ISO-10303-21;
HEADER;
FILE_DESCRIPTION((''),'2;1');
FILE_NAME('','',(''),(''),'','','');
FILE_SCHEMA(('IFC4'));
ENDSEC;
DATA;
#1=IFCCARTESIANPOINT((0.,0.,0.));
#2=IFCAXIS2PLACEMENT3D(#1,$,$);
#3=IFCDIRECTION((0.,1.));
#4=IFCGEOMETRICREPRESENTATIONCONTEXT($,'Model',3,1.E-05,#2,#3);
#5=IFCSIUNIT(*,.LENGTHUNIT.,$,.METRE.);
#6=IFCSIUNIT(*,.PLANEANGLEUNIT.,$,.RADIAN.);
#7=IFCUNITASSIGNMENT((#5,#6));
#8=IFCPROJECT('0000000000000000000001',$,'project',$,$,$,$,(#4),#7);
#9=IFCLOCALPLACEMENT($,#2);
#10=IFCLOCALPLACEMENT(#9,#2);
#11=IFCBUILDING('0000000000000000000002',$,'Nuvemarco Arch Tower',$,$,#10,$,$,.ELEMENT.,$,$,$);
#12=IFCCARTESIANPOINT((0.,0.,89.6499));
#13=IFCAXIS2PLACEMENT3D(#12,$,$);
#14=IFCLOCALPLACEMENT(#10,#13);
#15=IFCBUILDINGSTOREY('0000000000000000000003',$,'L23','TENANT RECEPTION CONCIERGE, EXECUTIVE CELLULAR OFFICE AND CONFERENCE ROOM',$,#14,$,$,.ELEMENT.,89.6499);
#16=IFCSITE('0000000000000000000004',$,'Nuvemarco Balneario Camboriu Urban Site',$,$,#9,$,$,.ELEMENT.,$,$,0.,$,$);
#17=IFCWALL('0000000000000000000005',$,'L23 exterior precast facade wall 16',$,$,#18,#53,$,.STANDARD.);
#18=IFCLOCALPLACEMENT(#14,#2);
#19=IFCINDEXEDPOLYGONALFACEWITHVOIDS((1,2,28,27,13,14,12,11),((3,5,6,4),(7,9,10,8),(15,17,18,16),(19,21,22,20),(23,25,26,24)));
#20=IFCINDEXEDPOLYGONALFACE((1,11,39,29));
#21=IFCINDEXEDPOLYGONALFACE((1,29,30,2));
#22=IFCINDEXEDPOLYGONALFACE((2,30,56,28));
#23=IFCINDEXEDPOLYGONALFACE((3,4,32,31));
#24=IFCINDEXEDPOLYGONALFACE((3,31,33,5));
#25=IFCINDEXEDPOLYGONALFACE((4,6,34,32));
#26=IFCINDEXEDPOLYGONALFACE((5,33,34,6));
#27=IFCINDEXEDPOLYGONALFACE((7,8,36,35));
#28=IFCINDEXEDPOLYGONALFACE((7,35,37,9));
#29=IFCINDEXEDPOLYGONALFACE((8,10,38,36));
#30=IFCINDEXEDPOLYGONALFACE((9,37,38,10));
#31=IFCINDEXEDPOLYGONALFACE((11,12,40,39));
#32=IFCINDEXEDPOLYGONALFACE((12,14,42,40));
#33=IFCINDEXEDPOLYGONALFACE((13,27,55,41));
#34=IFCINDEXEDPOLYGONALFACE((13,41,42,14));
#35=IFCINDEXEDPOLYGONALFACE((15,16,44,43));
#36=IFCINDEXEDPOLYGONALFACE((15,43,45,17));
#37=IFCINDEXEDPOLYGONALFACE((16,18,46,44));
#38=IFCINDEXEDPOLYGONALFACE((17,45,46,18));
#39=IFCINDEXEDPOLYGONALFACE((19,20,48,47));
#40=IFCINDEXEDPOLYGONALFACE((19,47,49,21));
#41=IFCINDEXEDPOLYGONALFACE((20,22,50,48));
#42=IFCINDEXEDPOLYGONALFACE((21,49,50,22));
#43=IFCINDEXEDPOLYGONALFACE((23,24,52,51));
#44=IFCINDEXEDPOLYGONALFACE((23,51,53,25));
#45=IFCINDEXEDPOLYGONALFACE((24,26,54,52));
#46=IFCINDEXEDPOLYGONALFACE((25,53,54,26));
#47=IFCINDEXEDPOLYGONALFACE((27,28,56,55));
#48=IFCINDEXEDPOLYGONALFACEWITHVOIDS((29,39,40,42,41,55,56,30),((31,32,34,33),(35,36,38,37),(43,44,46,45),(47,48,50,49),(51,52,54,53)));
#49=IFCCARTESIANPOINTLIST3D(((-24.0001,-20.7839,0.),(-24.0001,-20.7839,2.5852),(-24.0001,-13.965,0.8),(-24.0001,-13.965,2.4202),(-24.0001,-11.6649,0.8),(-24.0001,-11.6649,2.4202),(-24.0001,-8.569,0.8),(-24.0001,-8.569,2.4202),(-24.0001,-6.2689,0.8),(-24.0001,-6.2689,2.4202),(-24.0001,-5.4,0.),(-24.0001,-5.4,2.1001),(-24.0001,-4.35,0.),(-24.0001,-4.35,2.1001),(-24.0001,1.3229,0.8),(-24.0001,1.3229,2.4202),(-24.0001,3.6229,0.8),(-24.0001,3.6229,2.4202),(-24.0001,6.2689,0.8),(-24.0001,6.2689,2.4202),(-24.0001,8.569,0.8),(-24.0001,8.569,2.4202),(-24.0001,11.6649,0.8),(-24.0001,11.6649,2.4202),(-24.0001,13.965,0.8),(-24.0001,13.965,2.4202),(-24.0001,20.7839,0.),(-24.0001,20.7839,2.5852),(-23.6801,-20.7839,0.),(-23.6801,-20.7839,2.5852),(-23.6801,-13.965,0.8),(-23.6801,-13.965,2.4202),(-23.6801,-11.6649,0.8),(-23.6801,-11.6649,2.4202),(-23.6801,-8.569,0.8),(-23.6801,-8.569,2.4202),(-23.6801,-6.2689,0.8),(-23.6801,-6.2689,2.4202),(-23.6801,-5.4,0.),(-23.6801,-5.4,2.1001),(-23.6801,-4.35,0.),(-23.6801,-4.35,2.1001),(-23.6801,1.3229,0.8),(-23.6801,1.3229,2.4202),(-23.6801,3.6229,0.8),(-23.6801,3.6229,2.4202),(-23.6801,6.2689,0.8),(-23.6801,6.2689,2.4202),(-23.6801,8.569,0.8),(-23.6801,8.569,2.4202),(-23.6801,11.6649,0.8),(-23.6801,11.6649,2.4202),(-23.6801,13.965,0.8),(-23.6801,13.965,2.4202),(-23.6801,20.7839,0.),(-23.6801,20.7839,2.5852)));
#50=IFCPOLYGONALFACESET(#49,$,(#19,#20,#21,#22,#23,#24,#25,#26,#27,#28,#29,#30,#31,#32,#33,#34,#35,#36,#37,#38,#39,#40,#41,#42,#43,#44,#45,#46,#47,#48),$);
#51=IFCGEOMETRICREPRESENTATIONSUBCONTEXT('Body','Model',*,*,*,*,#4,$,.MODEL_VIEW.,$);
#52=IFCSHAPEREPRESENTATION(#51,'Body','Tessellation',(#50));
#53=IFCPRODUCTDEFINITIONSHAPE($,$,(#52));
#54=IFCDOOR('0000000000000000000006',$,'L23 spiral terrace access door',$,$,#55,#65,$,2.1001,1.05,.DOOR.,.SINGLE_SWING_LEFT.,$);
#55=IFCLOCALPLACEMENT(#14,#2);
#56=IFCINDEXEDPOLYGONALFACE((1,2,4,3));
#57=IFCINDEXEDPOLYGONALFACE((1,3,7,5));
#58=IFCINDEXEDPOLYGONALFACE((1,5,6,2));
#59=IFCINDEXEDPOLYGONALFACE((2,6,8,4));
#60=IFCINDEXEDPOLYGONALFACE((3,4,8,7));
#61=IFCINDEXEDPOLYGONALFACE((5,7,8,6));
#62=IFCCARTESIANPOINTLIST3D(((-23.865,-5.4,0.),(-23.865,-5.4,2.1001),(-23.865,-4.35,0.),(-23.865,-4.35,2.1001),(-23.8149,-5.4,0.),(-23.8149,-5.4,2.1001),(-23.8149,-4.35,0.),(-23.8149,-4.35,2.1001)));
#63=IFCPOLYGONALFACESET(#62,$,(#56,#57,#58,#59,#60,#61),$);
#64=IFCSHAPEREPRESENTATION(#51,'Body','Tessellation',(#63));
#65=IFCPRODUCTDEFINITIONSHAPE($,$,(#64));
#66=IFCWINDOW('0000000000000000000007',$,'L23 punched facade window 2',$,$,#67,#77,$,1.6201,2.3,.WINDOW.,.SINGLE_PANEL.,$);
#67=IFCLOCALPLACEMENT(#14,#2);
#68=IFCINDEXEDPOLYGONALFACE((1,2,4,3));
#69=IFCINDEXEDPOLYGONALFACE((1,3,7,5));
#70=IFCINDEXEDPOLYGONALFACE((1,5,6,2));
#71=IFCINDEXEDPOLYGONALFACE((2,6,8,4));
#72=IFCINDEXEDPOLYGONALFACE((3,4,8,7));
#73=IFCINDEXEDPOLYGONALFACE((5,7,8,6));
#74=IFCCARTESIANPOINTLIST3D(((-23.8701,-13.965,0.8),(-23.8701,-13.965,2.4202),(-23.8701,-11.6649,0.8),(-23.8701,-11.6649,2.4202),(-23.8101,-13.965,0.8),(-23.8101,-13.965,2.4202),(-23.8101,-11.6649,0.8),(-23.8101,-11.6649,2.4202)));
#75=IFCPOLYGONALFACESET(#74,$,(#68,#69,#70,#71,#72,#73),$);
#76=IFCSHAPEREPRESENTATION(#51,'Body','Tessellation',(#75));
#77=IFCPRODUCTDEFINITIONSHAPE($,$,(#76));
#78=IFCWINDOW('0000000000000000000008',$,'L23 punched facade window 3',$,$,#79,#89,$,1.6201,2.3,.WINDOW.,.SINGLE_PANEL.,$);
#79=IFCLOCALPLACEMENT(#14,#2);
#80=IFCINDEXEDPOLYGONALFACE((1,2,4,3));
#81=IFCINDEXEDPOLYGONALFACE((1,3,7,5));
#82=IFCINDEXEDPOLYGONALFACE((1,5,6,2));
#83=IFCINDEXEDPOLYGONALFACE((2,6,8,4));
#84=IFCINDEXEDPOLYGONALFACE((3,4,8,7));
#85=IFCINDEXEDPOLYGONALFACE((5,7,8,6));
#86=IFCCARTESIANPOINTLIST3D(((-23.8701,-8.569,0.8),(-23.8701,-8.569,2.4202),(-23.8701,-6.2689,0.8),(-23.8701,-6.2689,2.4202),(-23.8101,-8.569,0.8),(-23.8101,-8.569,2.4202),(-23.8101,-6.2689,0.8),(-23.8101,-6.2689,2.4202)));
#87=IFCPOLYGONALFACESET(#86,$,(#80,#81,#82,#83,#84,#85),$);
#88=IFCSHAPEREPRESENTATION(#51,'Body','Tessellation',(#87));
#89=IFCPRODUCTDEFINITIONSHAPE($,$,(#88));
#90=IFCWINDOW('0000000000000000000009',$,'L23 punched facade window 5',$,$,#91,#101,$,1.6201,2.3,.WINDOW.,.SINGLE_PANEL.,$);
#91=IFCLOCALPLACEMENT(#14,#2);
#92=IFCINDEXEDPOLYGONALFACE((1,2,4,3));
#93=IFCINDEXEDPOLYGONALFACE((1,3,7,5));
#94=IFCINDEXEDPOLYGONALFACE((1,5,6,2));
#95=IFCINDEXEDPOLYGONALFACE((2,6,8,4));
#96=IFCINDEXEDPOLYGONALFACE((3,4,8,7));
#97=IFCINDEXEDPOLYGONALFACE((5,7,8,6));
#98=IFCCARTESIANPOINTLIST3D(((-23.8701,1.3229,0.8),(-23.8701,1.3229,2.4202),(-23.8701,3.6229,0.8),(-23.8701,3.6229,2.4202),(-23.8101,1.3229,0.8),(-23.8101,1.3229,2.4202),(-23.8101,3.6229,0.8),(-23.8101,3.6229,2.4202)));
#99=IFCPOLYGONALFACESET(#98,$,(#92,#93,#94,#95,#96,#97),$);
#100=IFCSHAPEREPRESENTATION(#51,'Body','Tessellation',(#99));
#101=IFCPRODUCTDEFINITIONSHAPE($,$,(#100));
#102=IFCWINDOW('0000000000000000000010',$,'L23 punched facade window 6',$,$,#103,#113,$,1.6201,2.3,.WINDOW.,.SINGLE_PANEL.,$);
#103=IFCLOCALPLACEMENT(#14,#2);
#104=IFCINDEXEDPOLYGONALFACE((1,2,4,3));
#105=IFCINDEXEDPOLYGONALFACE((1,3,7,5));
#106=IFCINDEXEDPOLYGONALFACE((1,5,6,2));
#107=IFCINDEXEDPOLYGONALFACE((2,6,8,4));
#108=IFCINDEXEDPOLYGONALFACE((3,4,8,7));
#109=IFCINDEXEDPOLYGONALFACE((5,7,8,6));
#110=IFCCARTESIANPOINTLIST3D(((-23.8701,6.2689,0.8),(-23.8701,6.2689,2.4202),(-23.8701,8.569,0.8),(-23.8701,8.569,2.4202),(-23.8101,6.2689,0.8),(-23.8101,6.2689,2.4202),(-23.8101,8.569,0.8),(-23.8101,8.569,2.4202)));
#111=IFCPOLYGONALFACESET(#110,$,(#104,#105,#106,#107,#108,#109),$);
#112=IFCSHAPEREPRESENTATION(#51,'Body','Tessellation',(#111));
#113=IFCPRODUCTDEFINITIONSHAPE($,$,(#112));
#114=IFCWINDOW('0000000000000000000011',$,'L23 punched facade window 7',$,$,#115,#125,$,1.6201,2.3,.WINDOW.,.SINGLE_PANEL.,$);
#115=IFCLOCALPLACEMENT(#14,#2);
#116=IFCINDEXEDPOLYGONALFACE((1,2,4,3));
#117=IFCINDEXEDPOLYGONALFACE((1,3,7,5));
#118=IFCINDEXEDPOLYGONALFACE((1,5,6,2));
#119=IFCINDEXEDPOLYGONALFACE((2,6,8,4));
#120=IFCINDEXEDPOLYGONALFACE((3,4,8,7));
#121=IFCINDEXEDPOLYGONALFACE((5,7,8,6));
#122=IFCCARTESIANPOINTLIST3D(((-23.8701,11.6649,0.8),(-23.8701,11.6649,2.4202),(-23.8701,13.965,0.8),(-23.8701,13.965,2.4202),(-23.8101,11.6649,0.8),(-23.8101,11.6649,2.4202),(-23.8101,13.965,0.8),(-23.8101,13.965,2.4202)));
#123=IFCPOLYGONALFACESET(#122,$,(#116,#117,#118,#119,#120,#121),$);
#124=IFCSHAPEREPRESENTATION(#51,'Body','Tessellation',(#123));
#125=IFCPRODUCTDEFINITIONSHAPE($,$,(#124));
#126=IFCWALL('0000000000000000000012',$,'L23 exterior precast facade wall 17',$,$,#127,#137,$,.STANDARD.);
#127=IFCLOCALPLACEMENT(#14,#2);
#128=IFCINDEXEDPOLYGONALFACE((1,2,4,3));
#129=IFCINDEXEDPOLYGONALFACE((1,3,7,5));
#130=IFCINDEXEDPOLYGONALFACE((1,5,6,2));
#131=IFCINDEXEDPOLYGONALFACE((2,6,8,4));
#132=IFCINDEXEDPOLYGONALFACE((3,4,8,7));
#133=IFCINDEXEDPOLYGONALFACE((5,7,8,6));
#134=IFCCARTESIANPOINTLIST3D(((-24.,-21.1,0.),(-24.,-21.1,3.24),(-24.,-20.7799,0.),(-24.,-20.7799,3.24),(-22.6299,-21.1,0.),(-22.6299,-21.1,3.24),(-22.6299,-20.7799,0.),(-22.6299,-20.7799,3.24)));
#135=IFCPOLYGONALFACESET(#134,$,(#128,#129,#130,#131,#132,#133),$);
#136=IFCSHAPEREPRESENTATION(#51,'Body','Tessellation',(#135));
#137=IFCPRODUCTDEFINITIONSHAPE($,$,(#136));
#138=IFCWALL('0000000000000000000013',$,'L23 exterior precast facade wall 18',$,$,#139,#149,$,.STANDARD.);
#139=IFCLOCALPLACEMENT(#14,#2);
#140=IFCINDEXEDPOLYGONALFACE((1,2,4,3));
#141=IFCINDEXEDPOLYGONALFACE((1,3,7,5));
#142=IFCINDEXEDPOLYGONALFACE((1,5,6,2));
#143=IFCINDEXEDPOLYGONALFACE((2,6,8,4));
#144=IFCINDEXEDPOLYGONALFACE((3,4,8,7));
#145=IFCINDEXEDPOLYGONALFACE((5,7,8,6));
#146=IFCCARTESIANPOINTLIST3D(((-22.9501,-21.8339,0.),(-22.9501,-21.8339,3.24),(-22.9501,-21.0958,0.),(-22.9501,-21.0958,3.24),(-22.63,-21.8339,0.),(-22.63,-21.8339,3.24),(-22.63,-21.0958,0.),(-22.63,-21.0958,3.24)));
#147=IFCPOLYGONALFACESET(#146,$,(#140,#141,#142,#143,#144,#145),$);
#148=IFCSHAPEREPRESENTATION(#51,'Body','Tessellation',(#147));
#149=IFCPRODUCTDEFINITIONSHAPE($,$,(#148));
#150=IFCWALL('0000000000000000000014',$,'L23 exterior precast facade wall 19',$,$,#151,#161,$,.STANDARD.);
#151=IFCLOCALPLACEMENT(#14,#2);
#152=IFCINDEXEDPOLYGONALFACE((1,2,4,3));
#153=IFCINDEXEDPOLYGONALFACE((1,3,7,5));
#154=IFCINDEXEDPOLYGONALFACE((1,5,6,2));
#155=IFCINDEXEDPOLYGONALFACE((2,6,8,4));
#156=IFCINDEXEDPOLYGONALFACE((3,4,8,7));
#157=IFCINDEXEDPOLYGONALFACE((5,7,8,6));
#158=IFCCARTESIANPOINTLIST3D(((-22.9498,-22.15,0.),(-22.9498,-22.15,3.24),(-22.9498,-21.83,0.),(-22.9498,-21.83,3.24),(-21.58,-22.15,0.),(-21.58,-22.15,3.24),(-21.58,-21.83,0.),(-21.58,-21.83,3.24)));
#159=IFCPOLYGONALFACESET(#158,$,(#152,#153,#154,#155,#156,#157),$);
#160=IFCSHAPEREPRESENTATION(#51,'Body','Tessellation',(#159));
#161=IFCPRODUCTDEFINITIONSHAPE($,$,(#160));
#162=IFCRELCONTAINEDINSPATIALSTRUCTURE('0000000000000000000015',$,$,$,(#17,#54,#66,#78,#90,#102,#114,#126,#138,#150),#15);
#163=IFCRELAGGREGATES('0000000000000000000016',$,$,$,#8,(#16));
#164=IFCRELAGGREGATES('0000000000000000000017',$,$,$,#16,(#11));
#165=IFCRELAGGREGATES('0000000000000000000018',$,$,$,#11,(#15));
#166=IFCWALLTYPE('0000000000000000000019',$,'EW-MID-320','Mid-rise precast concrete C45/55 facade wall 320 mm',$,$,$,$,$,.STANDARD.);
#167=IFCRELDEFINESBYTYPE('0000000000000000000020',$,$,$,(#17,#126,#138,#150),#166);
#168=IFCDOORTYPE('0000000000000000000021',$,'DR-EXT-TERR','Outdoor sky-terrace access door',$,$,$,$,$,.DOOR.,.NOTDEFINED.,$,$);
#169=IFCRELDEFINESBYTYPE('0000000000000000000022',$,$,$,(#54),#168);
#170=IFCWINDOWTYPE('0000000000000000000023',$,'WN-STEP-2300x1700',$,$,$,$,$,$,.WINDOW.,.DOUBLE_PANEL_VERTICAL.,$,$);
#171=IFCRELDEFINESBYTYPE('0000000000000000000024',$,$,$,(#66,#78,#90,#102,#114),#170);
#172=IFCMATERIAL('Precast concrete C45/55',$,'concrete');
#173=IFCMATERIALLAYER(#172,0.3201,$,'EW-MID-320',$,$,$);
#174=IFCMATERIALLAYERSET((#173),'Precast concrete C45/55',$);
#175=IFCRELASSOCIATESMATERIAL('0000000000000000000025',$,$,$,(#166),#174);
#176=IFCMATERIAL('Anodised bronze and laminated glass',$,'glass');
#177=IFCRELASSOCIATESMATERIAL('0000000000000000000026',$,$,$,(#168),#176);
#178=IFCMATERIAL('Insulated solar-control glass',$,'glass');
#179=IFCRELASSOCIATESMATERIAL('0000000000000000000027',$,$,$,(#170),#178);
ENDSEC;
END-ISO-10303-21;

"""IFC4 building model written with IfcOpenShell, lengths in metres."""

from ifc_helpers import new_model, si_unit, direction, frame, frame_2d, origin, place, context, subcontext, project, spatial, rectangle, extrude, source, transform, mapped, material, layer, layer_set, type_object, type_shapes, element, fill, save


model = new_model("IFC4")

# Units and contexts
model_context = context("Model", 3, precision=1e-05, world=origin(), true_north=direction((0.0, 1.0)))
body_context = subcontext(model_context, "Body", "Model", "MODEL_VIEW")
ifc_project = project(units=[si_unit("LENGTHUNIT", "METRE"), si_unit("PLANEANGLEUNIT", "RADIAN")], contexts=[model_context])

# Site, building, storey
site_placement = place(None, origin())
site = spatial("IfcSite", under=ifc_project, at=site_placement, Name="Nuvemarco Balneario Camboriu Urban Site", CompositionType="ELEMENT", RefElevation=0.0)
building_placement = place(site_placement, origin())
building = spatial("IfcBuilding", under=site, at=building_placement, Name="Nuvemarco Arch Tower", CompositionType="ELEMENT")
storey_placement = place(building_placement, frame((0.0, 0.0, 89.6499)))
storey = spatial("IfcBuildingStorey", under=building, at=storey_placement, Name="L23", Description="TENANT RECEPTION CONCIERGE, EXECUTIVE CELLULAR OFFICE AND CONFERENCE ROOM", CompositionType="ELEMENT", Elevation=89.6499)

# Shared definitions
ifc_material_1 = material(Name="Precast concrete C45/55", Category="concrete")
ifc_layer_1 = layer(ifc_material_1, 0.3201, Name="EW-MID-320")
ifc_layer_set_1 = layer_set([ifc_layer_1], Name="Precast concrete C45/55")
wall_type_1 = type_object("IfcWallType", Name="EW-MID-320", Description="Mid-rise precast concrete C45/55 facade wall 320 mm", PredefinedType="STANDARD", material=ifc_layer_set_1)
ifc_material_2 = material(Name="Insulated solar-control glass", Category="glass")

# Wall, openings, door, windows
wall_1_placement = place(storey_placement, frame((-23.8401, -20.7839, 0.0), z_axis=(0.0, 0.0, 1.0), x_axis=(0.0, 1.0, 0.0)))
wall_1 = element("IfcWall", 1, at=wall_1_placement, inside=storey, type_object=wall_type_1, Name="L23 exterior precast facade wall 16", PredefinedType="STANDARD", context=body_context, shape_type="SweptSolid", body=[
    extrude(rectangle(XDim=41.5679, YDim=0.3201, at=frame_2d((20.7839, 0.0))), origin(), (0.0, 0.0, 1.0), 2.5852),
])
opening_1_placement = place(wall_1_placement, frame((15.384, 0.0, 0.0)))
opening_1 = element("IfcOpeningElement", 2, at=opening_1_placement, cuts=wall_1, PredefinedType="OPENING", context=body_context, shape_type="SweptSolid", body=[
    extrude(rectangle(XDim=1.05, YDim=2.1001, at=frame_2d((0.5249, 1.05))), frame((0.0, 0.1699, 0.0), z_axis=(0.0, -1.0, 0.0), x_axis=(1.0, 0.0, 0.0)), (0.0, 0.0, 1.0), 0.3401),
])
opening_2_placement = place(wall_1_placement, frame((6.8191, 0.0, 0.8)))
opening_2 = element("IfcOpeningElement", 3, at=opening_2_placement, cuts=wall_1, PredefinedType="OPENING", context=body_context, shape_type="SweptSolid", body=[
    extrude(rectangle(XDim=2.3, YDim=1.6201, at=frame_2d((1.1499, 0.8101))), frame((0.0, 0.1699, 0.0), z_axis=(0.0, -1.0, 0.0), x_axis=(1.0, 0.0, 0.0)), (0.0, 0.0, 1.0), 0.3401),
])
opening_3_placement = place(wall_1_placement, frame((12.2151, 0.0, 0.8)))
opening_3 = element("IfcOpeningElement", 4, at=opening_3_placement, cuts=wall_1, PredefinedType="OPENING", context=body_context, shape_type="SweptSolid", body=[
    extrude(rectangle(XDim=2.3, YDim=1.6201, at=frame_2d((1.1499, 0.8101))), frame((0.0, 0.1699, 0.0), z_axis=(0.0, -1.0, 0.0), x_axis=(1.0, 0.0, 0.0)), (0.0, 0.0, 1.0), 0.3401),
])
opening_4_placement = place(wall_1_placement, frame((22.1069, 0.0, 0.8)))
opening_4 = element("IfcOpeningElement", 5, at=opening_4_placement, cuts=wall_1, PredefinedType="OPENING", context=body_context, shape_type="SweptSolid", body=[
    extrude(rectangle(XDim=2.3, YDim=1.6201, at=frame_2d((1.1499, 0.8101))), frame((0.0, 0.1699, 0.0), z_axis=(0.0, -1.0, 0.0), x_axis=(1.0, 0.0, 0.0)), (0.0, 0.0, 1.0), 0.3401),
])
opening_5_placement = place(wall_1_placement, frame((27.053, 0.0, 0.8)))
opening_5 = element("IfcOpeningElement", 6, at=opening_5_placement, cuts=wall_1, PredefinedType="OPENING", context=body_context, shape_type="SweptSolid", body=[
    extrude(rectangle(XDim=2.3, YDim=1.6201, at=frame_2d((1.1499, 0.8101))), frame((0.0, 0.1699, 0.0), z_axis=(0.0, -1.0, 0.0), x_axis=(1.0, 0.0, 0.0)), (0.0, 0.0, 1.0), 0.3401),
])
opening_6_placement = place(wall_1_placement, frame((32.449, 0.0, 0.8)))
opening_6 = element("IfcOpeningElement", 7, at=opening_6_placement, cuts=wall_1, PredefinedType="OPENING", context=body_context, shape_type="SweptSolid", body=[
    extrude(rectangle(XDim=2.3, YDim=1.6201, at=frame_2d((1.1499, 0.8101))), frame((0.0, 0.1699, 0.0), z_axis=(0.0, -1.0, 0.0), x_axis=(1.0, 0.0, 0.0)), (0.0, 0.0, 1.0), 0.3401),
])
ifc_material_3 = material(Name="Anodised bronze and laminated glass", Category="glass")
door_type = type_object("IfcDoorType", Name="DR-EXT-TERR", Description="Outdoor sky-terrace access door", OperationType="NOTDEFINED", PredefinedType="DOOR", material=ifc_material_3)
shared_shape_1 = source(origin(), body_context, "Body", "SweptSolid", [
    extrude(rectangle(XDim=1.05, YDim=2.1001, at=frame_2d((0.5249, 1.05))), frame((0.0, 0.0249, 0.0), z_axis=(0.0, -1.0, 0.0), x_axis=(1.0, 0.0, 0.0)), (0.0, 0.0, 1.0), 0.05),
])
type_shapes(door_type, [shared_shape_1])
door_placement = place(opening_1_placement, origin())
door = element("IfcDoor", 8, at=door_placement, inside=storey, type_object=door_type, Name="L23 spiral terrace access door", OperationType="SINGLE_SWING_LEFT", OverallHeight=2.1001, OverallWidth=1.05, PredefinedType="DOOR", context=body_context, shape_type="MappedRepresentation", body=[
    mapped(shared_shape_1, transform((0.0, 0.0, 0.0), scale=1.0)),
])
fill(opening_1, door)
window_type_1 = type_object("IfcWindowType", Name="WN-STEP-2300x1700", PartitioningType="DOUBLE_PANEL_VERTICAL", PredefinedType="WINDOW", material=ifc_material_2)
shared_shape_2 = source(origin(), body_context, "Body", "SweptSolid", [
    extrude(rectangle(XDim=2.3, YDim=1.6201, at=frame_2d((1.1499, 0.8101))), frame((0.0, 0.03, 0.0), z_axis=(0.0, -1.0, 0.0), x_axis=(1.0, 0.0, 0.0)), (0.0, 0.0, 1.0), 0.0601),
])
type_shapes(window_type_1, [shared_shape_2])
window_1_placement = place(opening_2_placement, origin())
window_1 = element("IfcWindow", 9, at=window_1_placement, inside=storey, type_object=window_type_1, Name="L23 punched facade window 2", OverallHeight=1.6201, OverallWidth=2.3, PartitioningType="SINGLE_PANEL", PredefinedType="WINDOW", context=body_context, shape_type="MappedRepresentation", body=[
    mapped(shared_shape_2, transform((0.0, 0.0, 0.0), scale=1.0)),
])
fill(opening_2, window_1)
window_2_placement = place(opening_3_placement, origin())
window_2 = element("IfcWindow", 10, at=window_2_placement, inside=storey, type_object=window_type_1, Name="L23 punched facade window 3", OverallHeight=1.6201, OverallWidth=2.3, PartitioningType="SINGLE_PANEL", PredefinedType="WINDOW", context=body_context, shape_type="MappedRepresentation", body=[
    mapped(shared_shape_2, transform((0.0, 0.0, 0.0), scale=1.0)),
])
fill(opening_3, window_2)
window_3_placement = place(opening_4_placement, origin())
window_3 = element("IfcWindow", 11, at=window_3_placement, inside=storey, type_object=window_type_1, Name="L23 punched facade window 5", OverallHeight=1.6201, OverallWidth=2.3, PartitioningType="SINGLE_PANEL", PredefinedType="WINDOW", context=body_context, shape_type="MappedRepresentation", body=[
    mapped(shared_shape_2, transform((0.0, 0.0, 0.0), scale=1.0)),
])
fill(opening_4, window_3)
window_4_placement = place(opening_5_placement, origin())
window_4 = element("IfcWindow", 12, at=window_4_placement, inside=storey, type_object=window_type_1, Name="L23 punched facade window 6", OverallHeight=1.6201, OverallWidth=2.3, PartitioningType="SINGLE_PANEL", PredefinedType="WINDOW", context=body_context, shape_type="MappedRepresentation", body=[
    mapped(shared_shape_2, transform((0.0, 0.0, 0.0), scale=1.0)),
])
fill(opening_5, window_4)
window_5_placement = place(opening_6_placement, origin())
window_5 = element("IfcWindow", 13, at=window_5_placement, inside=storey, type_object=window_type_1, Name="L23 punched facade window 7", OverallHeight=1.6201, OverallWidth=2.3, PartitioningType="SINGLE_PANEL", PredefinedType="WINDOW", context=body_context, shape_type="MappedRepresentation", body=[
    mapped(shared_shape_2, transform((0.0, 0.0, 0.0), scale=1.0)),
])
fill(opening_6, window_5)

# Walls
wall_2_placement = place(storey_placement, frame((-24.0, -20.9399, 0.0), z_axis=(0.0, 0.0, 1.0), x_axis=(1.0, 0.0, 0.0)))
element("IfcWall", 14, at=wall_2_placement, inside=storey, type_object=wall_type_1, Name="L23 exterior precast facade wall 17", PredefinedType="STANDARD", context=body_context, shape_type="SweptSolid", body=[
    extrude(rectangle(XDim=1.3701, YDim=0.3201, at=frame_2d((0.6851, 0.0))), origin(), (0.0, 0.0, 1.0), 3.24),
])
wall_3_placement = place(storey_placement, frame((-22.79, -21.834, 0.0), z_axis=(0.0, 0.0, 1.0), x_axis=(0.0, 1.0, 0.0)))
element("IfcWall", 15, at=wall_3_placement, inside=storey, type_object=wall_type_1, Name="L23 exterior precast facade wall 18", PredefinedType="STANDARD", context=body_context, shape_type="SweptSolid", body=[
    extrude(rectangle(XDim=0.738, YDim=0.3201, at=frame_2d((0.3691, 0.0))), origin(), (0.0, 0.0, 1.0), 3.24),
])
wall_4_placement = place(storey_placement, frame((-22.95, -21.99, 0.0), z_axis=(0.0, 0.0, 1.0), x_axis=(1.0, 0.0, 0.0)))
element("IfcWall", 16, at=wall_4_placement, inside=storey, type_object=wall_type_1, Name="L23 exterior precast facade wall 19", PredefinedType="STANDARD", context=body_context, shape_type="SweptSolid", body=[
    extrude(rectangle(XDim=1.3699, YDim=0.3201, at=frame_2d((0.6851, 0.0))), origin(), (0.0, 0.0, 1.0), 3.24),
])

save(model, "model.ifc")
